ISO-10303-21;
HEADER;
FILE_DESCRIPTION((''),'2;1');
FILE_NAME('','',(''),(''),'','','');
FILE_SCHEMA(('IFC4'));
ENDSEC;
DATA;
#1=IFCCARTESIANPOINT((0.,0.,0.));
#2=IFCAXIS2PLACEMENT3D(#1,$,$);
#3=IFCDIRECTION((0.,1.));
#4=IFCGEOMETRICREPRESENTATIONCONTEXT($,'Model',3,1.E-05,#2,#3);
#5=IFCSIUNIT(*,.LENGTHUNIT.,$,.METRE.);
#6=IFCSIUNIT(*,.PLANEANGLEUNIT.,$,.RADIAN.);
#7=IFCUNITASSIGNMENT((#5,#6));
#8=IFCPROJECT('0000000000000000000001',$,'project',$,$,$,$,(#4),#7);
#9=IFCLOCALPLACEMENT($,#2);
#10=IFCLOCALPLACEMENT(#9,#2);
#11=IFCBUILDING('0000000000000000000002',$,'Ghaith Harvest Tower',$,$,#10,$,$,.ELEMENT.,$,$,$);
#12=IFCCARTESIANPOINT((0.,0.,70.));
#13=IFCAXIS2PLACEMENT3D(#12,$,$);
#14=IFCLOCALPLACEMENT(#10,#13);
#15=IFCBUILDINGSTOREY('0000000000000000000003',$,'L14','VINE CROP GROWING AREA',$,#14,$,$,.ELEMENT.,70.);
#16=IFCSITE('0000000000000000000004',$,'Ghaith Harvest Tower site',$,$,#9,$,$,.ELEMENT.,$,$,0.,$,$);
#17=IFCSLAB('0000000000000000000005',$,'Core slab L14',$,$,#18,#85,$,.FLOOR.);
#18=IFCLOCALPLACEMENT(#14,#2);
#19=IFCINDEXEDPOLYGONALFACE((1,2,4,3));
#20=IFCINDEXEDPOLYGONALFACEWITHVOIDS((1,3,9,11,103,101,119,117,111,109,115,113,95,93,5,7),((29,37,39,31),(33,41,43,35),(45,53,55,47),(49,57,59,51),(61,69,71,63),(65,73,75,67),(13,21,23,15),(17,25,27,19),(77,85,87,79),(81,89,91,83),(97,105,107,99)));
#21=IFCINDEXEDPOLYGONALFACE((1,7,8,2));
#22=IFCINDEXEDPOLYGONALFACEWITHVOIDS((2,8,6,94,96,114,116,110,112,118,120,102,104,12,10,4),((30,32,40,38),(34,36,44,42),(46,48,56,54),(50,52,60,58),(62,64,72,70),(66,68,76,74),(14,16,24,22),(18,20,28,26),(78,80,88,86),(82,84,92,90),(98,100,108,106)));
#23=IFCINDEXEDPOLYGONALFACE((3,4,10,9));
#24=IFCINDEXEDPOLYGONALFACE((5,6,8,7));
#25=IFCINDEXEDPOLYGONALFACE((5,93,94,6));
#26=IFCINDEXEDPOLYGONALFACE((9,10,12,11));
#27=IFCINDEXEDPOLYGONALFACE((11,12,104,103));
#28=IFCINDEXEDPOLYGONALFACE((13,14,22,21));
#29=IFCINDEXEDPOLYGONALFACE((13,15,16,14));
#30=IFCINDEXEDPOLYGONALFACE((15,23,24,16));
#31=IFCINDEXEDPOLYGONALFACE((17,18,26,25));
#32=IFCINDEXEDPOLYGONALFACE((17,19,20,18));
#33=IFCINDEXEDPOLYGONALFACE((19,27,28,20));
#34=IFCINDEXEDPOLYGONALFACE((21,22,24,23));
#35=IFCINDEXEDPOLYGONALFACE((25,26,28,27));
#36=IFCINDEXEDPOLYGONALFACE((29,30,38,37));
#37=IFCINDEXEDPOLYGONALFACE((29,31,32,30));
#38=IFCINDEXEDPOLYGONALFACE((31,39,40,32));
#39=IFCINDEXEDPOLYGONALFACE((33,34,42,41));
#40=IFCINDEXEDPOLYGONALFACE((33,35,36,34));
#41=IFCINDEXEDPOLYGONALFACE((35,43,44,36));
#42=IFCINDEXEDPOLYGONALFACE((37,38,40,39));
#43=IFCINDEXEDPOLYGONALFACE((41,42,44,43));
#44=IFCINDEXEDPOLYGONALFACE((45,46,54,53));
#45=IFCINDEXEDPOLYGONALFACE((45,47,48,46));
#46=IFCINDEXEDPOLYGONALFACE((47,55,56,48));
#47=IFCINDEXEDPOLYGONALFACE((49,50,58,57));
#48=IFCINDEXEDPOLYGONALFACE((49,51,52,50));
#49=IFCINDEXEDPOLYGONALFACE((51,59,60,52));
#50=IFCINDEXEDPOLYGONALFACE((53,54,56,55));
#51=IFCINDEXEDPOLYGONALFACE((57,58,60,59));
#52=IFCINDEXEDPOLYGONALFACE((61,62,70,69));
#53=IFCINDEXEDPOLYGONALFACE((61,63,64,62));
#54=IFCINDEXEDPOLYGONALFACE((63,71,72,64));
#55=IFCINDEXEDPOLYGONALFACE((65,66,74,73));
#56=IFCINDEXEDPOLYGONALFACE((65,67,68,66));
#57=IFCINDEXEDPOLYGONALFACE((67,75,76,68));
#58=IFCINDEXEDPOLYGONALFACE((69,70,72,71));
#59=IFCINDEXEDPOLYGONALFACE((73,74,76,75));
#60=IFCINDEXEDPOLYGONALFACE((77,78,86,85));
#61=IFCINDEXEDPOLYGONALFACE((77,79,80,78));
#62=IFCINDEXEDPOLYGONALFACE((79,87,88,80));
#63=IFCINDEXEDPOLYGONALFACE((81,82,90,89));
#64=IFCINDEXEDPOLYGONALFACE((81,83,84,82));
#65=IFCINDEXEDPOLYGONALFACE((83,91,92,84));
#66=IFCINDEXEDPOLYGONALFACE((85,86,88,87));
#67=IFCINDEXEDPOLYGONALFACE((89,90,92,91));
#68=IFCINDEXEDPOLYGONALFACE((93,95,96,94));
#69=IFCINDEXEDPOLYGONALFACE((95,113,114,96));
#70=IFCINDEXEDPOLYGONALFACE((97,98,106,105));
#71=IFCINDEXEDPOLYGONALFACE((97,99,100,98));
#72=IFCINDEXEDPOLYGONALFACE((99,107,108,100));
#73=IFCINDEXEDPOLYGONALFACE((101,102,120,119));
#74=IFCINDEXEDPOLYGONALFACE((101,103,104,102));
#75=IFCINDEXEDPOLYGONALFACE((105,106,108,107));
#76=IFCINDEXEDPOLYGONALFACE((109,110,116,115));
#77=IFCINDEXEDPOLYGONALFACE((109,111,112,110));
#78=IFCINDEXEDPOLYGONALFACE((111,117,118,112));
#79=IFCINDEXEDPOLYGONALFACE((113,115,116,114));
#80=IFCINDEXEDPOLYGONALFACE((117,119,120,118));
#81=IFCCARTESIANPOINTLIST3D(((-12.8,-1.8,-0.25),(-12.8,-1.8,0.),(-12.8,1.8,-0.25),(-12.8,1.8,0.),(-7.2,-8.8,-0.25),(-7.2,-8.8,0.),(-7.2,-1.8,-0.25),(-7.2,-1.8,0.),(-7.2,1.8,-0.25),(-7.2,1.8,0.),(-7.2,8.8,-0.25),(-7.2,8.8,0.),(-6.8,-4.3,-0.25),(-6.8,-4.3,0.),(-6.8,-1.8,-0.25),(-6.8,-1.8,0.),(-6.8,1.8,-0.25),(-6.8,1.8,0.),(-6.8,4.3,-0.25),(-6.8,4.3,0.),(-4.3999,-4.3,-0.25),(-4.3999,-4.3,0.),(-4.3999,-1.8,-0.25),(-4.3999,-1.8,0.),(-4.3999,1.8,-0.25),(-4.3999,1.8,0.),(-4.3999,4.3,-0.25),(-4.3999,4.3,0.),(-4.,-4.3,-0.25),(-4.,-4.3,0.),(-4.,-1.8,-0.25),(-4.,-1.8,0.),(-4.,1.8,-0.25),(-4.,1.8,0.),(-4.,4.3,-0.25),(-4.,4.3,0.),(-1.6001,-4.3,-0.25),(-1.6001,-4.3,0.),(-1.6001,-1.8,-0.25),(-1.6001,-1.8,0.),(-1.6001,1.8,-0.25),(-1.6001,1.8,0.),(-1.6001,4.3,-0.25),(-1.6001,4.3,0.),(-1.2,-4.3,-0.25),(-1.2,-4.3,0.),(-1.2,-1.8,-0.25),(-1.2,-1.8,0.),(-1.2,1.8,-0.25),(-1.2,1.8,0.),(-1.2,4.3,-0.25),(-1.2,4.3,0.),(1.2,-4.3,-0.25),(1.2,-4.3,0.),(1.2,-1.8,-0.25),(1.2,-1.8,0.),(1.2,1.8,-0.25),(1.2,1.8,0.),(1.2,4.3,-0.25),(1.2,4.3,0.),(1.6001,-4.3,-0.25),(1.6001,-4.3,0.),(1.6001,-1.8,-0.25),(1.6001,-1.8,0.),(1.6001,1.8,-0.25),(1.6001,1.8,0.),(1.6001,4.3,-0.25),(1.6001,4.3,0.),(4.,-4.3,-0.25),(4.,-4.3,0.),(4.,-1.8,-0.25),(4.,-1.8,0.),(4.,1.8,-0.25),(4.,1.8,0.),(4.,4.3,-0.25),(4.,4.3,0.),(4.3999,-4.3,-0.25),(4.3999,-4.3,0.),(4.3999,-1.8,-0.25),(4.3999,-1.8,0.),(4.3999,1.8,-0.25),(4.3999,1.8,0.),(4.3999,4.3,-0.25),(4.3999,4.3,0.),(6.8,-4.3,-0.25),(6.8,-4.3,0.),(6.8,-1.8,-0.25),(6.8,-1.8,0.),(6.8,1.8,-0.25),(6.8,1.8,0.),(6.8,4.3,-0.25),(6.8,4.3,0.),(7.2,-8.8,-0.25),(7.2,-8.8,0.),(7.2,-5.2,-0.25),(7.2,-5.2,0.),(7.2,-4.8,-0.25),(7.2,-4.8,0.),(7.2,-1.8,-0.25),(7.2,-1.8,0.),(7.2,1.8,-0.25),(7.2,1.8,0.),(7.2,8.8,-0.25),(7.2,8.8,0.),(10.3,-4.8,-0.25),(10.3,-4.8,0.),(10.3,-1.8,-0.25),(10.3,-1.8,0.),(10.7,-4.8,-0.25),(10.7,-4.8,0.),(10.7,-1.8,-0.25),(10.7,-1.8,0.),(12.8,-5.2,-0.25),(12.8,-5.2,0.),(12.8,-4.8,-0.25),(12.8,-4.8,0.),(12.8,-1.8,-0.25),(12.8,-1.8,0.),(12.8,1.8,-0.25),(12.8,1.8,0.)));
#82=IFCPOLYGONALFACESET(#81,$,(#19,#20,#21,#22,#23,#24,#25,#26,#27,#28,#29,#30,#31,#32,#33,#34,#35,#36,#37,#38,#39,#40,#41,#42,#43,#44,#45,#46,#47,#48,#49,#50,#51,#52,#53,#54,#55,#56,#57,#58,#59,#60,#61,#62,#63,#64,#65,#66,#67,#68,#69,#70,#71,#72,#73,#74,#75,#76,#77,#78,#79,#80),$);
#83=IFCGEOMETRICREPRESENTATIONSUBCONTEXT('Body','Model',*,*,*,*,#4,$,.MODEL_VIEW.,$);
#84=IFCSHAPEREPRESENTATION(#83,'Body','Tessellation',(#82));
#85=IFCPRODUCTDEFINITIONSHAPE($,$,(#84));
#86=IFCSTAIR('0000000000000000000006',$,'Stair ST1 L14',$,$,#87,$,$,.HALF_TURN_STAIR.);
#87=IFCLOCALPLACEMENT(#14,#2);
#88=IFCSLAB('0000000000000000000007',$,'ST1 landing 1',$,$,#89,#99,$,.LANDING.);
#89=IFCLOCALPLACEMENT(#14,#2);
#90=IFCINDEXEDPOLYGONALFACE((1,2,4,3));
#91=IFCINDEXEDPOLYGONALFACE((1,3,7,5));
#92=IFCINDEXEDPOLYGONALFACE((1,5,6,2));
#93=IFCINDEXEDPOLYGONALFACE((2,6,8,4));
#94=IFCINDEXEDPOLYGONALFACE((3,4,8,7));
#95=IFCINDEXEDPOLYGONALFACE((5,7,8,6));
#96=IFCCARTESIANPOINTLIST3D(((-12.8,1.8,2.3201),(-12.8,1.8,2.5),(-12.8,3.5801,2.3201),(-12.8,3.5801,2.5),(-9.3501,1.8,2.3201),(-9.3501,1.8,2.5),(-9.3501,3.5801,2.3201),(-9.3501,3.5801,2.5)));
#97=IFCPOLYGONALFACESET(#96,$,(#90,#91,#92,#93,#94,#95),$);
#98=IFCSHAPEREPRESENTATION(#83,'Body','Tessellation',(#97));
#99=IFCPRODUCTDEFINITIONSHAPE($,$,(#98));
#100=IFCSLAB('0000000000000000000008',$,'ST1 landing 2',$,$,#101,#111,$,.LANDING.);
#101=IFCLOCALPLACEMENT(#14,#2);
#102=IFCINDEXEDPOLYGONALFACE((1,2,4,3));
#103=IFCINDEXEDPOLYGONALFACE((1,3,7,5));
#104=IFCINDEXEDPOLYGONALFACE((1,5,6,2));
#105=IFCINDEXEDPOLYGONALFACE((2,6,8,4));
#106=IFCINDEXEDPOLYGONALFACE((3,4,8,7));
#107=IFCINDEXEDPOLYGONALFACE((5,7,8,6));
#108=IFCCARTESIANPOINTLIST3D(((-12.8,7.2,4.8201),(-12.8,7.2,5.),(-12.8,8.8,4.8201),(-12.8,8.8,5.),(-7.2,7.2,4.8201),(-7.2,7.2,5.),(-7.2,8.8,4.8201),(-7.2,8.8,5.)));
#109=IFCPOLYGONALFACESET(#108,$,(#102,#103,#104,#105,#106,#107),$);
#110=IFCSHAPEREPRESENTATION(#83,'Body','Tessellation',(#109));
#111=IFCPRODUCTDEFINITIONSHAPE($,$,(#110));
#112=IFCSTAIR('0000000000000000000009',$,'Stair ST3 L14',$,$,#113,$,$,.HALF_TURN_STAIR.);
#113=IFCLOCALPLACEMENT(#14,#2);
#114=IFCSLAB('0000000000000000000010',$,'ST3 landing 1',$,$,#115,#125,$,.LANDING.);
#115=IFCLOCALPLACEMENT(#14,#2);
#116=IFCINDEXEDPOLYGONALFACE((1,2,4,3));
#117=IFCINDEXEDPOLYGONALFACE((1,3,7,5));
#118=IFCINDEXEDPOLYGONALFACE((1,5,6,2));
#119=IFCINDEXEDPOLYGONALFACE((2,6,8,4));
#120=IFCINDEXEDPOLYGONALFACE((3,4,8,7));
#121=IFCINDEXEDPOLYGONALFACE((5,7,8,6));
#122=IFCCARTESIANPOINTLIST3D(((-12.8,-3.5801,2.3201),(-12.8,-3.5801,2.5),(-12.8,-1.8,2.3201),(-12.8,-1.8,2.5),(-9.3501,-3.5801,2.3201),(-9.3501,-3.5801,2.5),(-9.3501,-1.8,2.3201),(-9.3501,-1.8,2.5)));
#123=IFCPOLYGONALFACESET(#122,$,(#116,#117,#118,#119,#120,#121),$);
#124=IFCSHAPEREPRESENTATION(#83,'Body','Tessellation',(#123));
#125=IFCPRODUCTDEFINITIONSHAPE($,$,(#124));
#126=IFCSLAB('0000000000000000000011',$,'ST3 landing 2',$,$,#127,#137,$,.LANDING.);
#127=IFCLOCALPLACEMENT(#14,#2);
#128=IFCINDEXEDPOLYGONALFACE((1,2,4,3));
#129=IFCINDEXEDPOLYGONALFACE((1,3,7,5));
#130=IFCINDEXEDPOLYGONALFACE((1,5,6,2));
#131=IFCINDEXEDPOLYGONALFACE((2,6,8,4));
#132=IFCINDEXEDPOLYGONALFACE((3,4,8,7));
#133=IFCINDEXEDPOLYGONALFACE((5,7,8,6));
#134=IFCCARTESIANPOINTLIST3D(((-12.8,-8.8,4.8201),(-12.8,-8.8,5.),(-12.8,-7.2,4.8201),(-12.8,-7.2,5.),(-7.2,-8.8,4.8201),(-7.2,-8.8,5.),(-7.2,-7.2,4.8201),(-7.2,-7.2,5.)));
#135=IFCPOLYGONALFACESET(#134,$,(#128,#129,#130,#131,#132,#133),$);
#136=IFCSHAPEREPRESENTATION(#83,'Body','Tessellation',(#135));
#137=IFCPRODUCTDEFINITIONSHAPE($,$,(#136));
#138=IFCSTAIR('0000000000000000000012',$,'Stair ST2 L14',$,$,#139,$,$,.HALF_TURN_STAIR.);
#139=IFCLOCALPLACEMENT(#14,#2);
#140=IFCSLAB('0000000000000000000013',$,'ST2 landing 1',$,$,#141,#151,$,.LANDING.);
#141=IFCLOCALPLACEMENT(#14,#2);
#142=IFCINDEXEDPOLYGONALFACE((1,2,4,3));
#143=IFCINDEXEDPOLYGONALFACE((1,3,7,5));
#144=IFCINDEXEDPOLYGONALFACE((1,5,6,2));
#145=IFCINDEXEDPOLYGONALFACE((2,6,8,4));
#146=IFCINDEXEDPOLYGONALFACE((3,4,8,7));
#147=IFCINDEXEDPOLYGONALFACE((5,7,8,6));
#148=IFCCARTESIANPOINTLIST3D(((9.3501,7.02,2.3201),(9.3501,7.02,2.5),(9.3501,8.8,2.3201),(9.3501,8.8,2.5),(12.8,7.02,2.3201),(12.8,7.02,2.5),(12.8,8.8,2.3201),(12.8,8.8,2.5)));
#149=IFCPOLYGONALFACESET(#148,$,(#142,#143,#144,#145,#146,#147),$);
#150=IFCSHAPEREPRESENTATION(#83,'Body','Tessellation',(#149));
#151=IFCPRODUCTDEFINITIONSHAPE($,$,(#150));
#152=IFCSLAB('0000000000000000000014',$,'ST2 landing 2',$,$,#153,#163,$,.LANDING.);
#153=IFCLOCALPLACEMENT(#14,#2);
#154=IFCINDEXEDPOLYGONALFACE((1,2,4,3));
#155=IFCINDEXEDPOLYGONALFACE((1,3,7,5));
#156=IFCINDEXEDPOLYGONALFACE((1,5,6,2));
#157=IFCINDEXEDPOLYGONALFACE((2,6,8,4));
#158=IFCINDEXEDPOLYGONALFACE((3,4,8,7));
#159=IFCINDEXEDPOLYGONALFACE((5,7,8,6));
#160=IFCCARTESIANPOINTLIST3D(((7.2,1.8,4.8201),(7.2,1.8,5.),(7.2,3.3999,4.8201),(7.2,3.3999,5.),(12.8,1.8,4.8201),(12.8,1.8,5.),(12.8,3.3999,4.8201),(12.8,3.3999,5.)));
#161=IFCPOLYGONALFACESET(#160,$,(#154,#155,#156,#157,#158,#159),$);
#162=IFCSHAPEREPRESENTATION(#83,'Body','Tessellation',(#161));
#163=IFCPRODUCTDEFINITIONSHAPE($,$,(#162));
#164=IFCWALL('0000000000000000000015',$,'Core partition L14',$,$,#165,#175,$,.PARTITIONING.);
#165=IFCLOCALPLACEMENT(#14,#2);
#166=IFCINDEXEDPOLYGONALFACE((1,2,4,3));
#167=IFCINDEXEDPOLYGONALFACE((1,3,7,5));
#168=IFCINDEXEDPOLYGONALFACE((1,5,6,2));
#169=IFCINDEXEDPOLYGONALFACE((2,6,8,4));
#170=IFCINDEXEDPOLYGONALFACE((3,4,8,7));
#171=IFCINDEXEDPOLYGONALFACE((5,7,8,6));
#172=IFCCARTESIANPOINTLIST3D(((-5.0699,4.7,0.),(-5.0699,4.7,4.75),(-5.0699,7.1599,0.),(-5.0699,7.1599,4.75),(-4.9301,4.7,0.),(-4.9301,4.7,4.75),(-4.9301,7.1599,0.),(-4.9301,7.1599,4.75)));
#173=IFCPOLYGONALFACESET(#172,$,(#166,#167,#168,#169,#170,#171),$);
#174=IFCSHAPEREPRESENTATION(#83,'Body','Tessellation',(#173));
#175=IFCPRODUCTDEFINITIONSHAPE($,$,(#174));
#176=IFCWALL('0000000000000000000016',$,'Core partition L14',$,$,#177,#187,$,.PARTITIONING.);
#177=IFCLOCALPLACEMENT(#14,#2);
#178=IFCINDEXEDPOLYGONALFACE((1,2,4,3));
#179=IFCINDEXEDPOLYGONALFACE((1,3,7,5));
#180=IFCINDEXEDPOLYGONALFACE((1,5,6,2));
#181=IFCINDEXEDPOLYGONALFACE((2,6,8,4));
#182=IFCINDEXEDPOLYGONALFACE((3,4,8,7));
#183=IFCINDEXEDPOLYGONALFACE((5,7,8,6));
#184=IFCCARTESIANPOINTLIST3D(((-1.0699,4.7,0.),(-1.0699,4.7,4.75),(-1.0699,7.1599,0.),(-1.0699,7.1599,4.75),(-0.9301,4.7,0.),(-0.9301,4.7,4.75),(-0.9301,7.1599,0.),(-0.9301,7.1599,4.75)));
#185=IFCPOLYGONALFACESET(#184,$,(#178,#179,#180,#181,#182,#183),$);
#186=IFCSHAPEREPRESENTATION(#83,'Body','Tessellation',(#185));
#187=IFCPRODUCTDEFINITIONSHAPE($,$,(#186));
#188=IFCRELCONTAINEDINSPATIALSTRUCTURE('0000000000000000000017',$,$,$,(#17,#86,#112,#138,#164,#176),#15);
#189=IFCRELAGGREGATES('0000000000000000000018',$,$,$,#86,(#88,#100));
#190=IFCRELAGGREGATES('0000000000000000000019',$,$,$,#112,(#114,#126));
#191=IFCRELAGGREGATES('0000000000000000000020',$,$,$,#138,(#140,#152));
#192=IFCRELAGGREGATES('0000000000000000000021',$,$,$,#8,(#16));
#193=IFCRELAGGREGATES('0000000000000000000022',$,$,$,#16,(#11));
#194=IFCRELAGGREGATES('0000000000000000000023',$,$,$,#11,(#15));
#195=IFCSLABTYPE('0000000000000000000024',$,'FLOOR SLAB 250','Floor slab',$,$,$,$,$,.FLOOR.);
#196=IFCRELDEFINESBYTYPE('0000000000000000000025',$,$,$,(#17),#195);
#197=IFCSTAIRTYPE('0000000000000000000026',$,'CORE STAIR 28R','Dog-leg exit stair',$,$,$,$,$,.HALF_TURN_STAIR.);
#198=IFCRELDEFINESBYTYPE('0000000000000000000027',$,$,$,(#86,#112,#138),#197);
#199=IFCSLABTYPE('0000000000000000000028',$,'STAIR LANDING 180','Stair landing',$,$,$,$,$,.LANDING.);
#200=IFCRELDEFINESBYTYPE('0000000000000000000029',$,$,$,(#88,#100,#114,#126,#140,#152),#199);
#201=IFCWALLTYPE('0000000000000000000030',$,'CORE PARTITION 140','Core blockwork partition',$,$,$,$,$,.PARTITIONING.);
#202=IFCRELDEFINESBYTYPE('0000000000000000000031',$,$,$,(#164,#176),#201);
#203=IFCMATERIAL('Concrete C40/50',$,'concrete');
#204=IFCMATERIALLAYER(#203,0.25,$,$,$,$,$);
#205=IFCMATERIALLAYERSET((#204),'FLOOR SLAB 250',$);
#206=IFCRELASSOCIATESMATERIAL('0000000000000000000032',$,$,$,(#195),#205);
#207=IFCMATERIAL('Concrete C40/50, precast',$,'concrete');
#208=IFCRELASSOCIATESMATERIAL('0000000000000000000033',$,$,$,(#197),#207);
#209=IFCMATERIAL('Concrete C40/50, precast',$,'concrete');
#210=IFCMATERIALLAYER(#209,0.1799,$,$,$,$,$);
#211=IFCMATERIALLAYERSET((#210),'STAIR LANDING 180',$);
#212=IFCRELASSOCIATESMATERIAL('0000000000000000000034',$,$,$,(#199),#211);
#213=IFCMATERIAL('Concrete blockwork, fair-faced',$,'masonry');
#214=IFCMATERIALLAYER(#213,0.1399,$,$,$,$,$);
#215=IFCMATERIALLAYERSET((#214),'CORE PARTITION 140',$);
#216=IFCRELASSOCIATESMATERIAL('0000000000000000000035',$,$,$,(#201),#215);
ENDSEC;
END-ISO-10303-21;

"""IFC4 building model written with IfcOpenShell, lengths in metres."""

from ifc_helpers import new_model, si_unit, direction, frame, frame_2d, origin, place, context, subcontext, project, spatial, polyline, rectangle, outline, extrude, material, layer, layer_set, type_object, element, aggregate, save


model = new_model("IFC4")

# Units and contexts
model_context = context("Model", 3, precision=1e-05, world=origin(), true_north=direction((0.0, 1.0)))
body_context = subcontext(model_context, "Body", "Model", "MODEL_VIEW")
ifc_project = project(units=[si_unit("LENGTHUNIT", "METRE"), si_unit("PLANEANGLEUNIT", "RADIAN")], contexts=[model_context])

# Site, building, storey
site_placement = place(None, origin())
site = spatial("IfcSite", under=ifc_project, at=site_placement, Name="Ghaith Harvest Tower site", CompositionType="ELEMENT", RefElevation=0.0)
building_placement = place(site_placement, origin())
building = spatial("IfcBuilding", under=site, at=building_placement, Name="Ghaith Harvest Tower", CompositionType="ELEMENT")
storey_placement = place(building_placement, frame((0.0, 0.0, 70.0)))
storey = spatial("IfcBuildingStorey", under=building, at=storey_placement, Name="L14", Description="VINE CROP GROWING AREA", CompositionType="ELEMENT", Elevation=70.0)

# Slab
ifc_material_1 = material(Name="Concrete C40/50", Category="concrete")
ifc_layer_1 = layer(ifc_material_1, 0.25)
ifc_layer_set_1 = layer_set([ifc_layer_1], Name="FLOOR SLAB 250")
slab_type_1 = type_object("IfcSlabType", Name="FLOOR SLAB 250", Description="Floor slab", PredefinedType="FLOOR", material=ifc_layer_set_1)
slab_1_placement = place(storey_placement, frame((0.0, 0.0, -0.25)))
element("IfcSlab", 1, at=slab_1_placement, inside=storey, type_object=slab_type_1, Name="Core slab L14", PredefinedType="FLOOR", context=body_context, shape_type="SweptSolid", body=[
    extrude(outline(polyline([(-12.8, 1.8), (-7.2, 1.8), (-7.2, 8.8), (7.2, 8.8), (7.2, 1.8), (12.8, 1.8), (12.8, -1.8), (10.7, -1.8), (10.7, -4.8), (12.8, -4.8), (12.8, -5.2), (7.2, -5.2), (7.2, -8.8), (-7.2, -8.8), (-7.2, -1.8), (-12.8, -1.8), (-12.8, 1.8)]), holes=[polyline([(-4.3999, -4.3), (-4.3999, -1.8), (-6.8, -1.8), (-6.8, -4.3), (-4.3999, -4.3)]), polyline([(-1.6001, -4.3), (-1.6001, -1.8), (-4.0, -1.8), (-4.0, -4.3), (-1.6001, -4.3)]), polyline([(1.2, -4.3), (1.2, -1.8), (-1.2, -1.8), (-1.2, -4.3), (1.2, -4.3)]), polyline([(-4.3999, 1.8), (-4.3999, 4.3), (-6.8, 4.3), (-6.8, 1.8), (-4.3999, 1.8)]), polyline([(-1.6001, 1.8), (-1.6001, 4.3), (-4.0, 4.3), (-4.0, 1.8), (-1.6001, 1.8)]), polyline([(1.2, 1.8), (1.2, 4.3), (-1.2, 4.3), (-1.2, 1.8), (1.2, 1.8)]), polyline([(10.3, -4.8), (10.3, -1.8), (7.2, -1.8), (7.2, -4.8), (10.3, -4.8)]), polyline([(4.0, -4.3), (4.0, -1.8), (1.6001, -1.8), (1.6001, -4.3), (4.0, -4.3)]), polyline([(6.8, -4.3), (6.8, -1.8), (4.3999, -1.8), (4.3999, -4.3), (6.8, -4.3)]), polyline([(4.0, 1.8), (4.0, 4.3), (1.6001, 4.3), (1.6001, 1.8), (4.0, 1.8)]), polyline([(6.8, 1.8), (6.8, 4.3), (4.3999, 4.3), (4.3999, 1.8), (6.8, 1.8)])]), origin(), (0.0, 0.0, 1.0), 0.25),
])

# Stairs, slabs
ifc_material_2 = material(Name="Concrete C40/50, precast", Category="concrete")
stair_type = type_object("IfcStairType", Name="CORE STAIR 28R", Description="Dog-leg exit stair", PredefinedType="HALF_TURN_STAIR", material=ifc_material_2)
stair_1_placement = place(storey_placement, origin())
stair_1 = element("IfcStair", 2, at=stair_1_placement, inside=storey, type_object=stair_type, Name="Stair ST1 L14", PredefinedType="HALF_TURN_STAIR")
ifc_material_3 = material(Name="Concrete C40/50, precast", Category="concrete")
ifc_layer_2 = layer(ifc_material_3, 0.1799)
ifc_layer_set_2 = layer_set([ifc_layer_2], Name="STAIR LANDING 180")
slab_type_2 = type_object("IfcSlabType", Name="STAIR LANDING 180", Description="Stair landing", PredefinedType="LANDING", material=ifc_layer_set_2)
slab_2_placement = place(storey_placement, frame((0.0, 0.0, 2.3201)))
slab_2 = element("IfcSlab", 3, at=slab_2_placement, type_object=slab_type_2, Name="ST1 landing 1", PredefinedType="LANDING", context=body_context, shape_type="SweptSolid", body=[
    extrude(outline(polyline([(-12.8, 3.5801), (-12.8, 1.8), (-9.3501, 1.8), (-9.3501, 3.5801), (-12.8, 3.5801)])), origin(), (0.0, 0.0, 1.0), 0.1799),
])
slab_3_placement = place(storey_placement, frame((0.0, 0.0, 4.8201)))
slab_3 = element("IfcSlab", 4, at=slab_3_placement, type_object=slab_type_2, Name="ST1 landing 2", PredefinedType="LANDING", context=body_context, shape_type="SweptSolid", body=[
    extrude(outline(polyline([(-12.8, 8.8), (-12.8, 7.2), (-7.2, 7.2), (-7.2, 8.8), (-12.8, 8.8)])), origin(), (0.0, 0.0, 1.0), 0.1799),
])
aggregate(stair_1, [slab_2, slab_3])
stair_2_placement = place(storey_placement, origin())
stair_2 = element("IfcStair", 5, at=stair_2_placement, inside=storey, type_object=stair_type, Name="Stair ST3 L14", PredefinedType="HALF_TURN_STAIR")
slab_4_placement = place(storey_placement, frame((0.0, 0.0, 2.3201)))
slab_4 = element("IfcSlab", 6, at=slab_4_placement, type_object=slab_type_2, Name="ST3 landing 1", PredefinedType="LANDING", context=body_context, shape_type="SweptSolid", body=[
    extrude(outline(polyline([(-12.8, -3.5801), (-12.8, -1.8), (-9.3501, -1.8), (-9.3501, -3.5801), (-12.8, -3.5801)])), origin(), (0.0, 0.0, 1.0), 0.1799),
])
slab_5_placement = place(storey_placement, frame((0.0, 0.0, 4.8201)))
slab_5 = element("IfcSlab", 7, at=slab_5_placement, type_object=slab_type_2, Name="ST3 landing 2", PredefinedType="LANDING", context=body_context, shape_type="SweptSolid", body=[
    extrude(outline(polyline([(-12.8, -8.8), (-12.8, -7.2), (-7.2, -7.2), (-7.2, -8.8), (-12.8, -8.8)])), origin(), (0.0, 0.0, 1.0), 0.1799),
])
aggregate(stair_2, [slab_4, slab_5])
stair_3_placement = place(storey_placement, origin())
stair_3 = element("IfcStair", 8, at=stair_3_placement, inside=storey, type_object=stair_type, Name="Stair ST2 L14", PredefinedType="HALF_TURN_STAIR")
slab_6_placement = place(storey_placement, frame((0.0, 0.0, 2.3201)))
slab_6 = element("IfcSlab", 9, at=slab_6_placement, type_object=slab_type_2, Name="ST2 landing 1", PredefinedType="LANDING", context=body_context, shape_type="SweptSolid", body=[
    extrude(outline(polyline([(12.8, 7.02), (12.8, 8.8), (9.3501, 8.8), (9.3501, 7.02), (12.8, 7.02)])), origin(), (0.0, 0.0, 1.0), 0.1799),
])
slab_7_placement = place(storey_placement, frame((0.0, 0.0, 4.8201)))
slab_7 = element("IfcSlab", 10, at=slab_7_placement, type_object=slab_type_2, Name="ST2 landing 2", PredefinedType="LANDING", context=body_context, shape_type="SweptSolid", body=[
    extrude(outline(polyline([(12.8, 1.8), (12.8, 3.3999), (7.2, 3.3999), (7.2, 1.8), (12.8, 1.8)])), origin(), (0.0, 0.0, 1.0), 0.1799),
])
aggregate(stair_3, [slab_6, slab_7])

# Walls
ifc_material_4 = material(Name="Concrete blockwork, fair-faced", Category="masonry")
ifc_layer_3 = layer(ifc_material_4, 0.1399)
ifc_layer_set_3 = layer_set([ifc_layer_3], Name="CORE PARTITION 140")
wall_type_1 = type_object("IfcWallType", Name="CORE PARTITION 140", Description="Core blockwork partition", PredefinedType="PARTITIONING", material=ifc_layer_set_3)
for number, where, z_axis, x_axis, name in (
    (11, (-5.0, 4.7, 0.0), (0.0, 0.0, 1.0), (0.0, 1.0, 0.0), "Core partition L14"),
    (12, (-1.0, 4.7, 0.0), (0.0, 0.0, 1.0), (0.0, 1.0, 0.0), "Core partition L14"),
):
    element("IfcWall", number, at=place(storey_placement, frame(where, z_axis=z_axis, x_axis=x_axis)), inside=storey, type_object=wall_type_1, Name=name, PredefinedType="PARTITIONING", context=body_context, shape_type="SweptSolid", body=[
        extrude(rectangle(XDim=2.46, YDim=0.1399, at=frame_2d((1.23, 0.0))), origin(), (0.0, 0.0, 1.0), 4.75),
    ])

save(model, "model.ifc")
